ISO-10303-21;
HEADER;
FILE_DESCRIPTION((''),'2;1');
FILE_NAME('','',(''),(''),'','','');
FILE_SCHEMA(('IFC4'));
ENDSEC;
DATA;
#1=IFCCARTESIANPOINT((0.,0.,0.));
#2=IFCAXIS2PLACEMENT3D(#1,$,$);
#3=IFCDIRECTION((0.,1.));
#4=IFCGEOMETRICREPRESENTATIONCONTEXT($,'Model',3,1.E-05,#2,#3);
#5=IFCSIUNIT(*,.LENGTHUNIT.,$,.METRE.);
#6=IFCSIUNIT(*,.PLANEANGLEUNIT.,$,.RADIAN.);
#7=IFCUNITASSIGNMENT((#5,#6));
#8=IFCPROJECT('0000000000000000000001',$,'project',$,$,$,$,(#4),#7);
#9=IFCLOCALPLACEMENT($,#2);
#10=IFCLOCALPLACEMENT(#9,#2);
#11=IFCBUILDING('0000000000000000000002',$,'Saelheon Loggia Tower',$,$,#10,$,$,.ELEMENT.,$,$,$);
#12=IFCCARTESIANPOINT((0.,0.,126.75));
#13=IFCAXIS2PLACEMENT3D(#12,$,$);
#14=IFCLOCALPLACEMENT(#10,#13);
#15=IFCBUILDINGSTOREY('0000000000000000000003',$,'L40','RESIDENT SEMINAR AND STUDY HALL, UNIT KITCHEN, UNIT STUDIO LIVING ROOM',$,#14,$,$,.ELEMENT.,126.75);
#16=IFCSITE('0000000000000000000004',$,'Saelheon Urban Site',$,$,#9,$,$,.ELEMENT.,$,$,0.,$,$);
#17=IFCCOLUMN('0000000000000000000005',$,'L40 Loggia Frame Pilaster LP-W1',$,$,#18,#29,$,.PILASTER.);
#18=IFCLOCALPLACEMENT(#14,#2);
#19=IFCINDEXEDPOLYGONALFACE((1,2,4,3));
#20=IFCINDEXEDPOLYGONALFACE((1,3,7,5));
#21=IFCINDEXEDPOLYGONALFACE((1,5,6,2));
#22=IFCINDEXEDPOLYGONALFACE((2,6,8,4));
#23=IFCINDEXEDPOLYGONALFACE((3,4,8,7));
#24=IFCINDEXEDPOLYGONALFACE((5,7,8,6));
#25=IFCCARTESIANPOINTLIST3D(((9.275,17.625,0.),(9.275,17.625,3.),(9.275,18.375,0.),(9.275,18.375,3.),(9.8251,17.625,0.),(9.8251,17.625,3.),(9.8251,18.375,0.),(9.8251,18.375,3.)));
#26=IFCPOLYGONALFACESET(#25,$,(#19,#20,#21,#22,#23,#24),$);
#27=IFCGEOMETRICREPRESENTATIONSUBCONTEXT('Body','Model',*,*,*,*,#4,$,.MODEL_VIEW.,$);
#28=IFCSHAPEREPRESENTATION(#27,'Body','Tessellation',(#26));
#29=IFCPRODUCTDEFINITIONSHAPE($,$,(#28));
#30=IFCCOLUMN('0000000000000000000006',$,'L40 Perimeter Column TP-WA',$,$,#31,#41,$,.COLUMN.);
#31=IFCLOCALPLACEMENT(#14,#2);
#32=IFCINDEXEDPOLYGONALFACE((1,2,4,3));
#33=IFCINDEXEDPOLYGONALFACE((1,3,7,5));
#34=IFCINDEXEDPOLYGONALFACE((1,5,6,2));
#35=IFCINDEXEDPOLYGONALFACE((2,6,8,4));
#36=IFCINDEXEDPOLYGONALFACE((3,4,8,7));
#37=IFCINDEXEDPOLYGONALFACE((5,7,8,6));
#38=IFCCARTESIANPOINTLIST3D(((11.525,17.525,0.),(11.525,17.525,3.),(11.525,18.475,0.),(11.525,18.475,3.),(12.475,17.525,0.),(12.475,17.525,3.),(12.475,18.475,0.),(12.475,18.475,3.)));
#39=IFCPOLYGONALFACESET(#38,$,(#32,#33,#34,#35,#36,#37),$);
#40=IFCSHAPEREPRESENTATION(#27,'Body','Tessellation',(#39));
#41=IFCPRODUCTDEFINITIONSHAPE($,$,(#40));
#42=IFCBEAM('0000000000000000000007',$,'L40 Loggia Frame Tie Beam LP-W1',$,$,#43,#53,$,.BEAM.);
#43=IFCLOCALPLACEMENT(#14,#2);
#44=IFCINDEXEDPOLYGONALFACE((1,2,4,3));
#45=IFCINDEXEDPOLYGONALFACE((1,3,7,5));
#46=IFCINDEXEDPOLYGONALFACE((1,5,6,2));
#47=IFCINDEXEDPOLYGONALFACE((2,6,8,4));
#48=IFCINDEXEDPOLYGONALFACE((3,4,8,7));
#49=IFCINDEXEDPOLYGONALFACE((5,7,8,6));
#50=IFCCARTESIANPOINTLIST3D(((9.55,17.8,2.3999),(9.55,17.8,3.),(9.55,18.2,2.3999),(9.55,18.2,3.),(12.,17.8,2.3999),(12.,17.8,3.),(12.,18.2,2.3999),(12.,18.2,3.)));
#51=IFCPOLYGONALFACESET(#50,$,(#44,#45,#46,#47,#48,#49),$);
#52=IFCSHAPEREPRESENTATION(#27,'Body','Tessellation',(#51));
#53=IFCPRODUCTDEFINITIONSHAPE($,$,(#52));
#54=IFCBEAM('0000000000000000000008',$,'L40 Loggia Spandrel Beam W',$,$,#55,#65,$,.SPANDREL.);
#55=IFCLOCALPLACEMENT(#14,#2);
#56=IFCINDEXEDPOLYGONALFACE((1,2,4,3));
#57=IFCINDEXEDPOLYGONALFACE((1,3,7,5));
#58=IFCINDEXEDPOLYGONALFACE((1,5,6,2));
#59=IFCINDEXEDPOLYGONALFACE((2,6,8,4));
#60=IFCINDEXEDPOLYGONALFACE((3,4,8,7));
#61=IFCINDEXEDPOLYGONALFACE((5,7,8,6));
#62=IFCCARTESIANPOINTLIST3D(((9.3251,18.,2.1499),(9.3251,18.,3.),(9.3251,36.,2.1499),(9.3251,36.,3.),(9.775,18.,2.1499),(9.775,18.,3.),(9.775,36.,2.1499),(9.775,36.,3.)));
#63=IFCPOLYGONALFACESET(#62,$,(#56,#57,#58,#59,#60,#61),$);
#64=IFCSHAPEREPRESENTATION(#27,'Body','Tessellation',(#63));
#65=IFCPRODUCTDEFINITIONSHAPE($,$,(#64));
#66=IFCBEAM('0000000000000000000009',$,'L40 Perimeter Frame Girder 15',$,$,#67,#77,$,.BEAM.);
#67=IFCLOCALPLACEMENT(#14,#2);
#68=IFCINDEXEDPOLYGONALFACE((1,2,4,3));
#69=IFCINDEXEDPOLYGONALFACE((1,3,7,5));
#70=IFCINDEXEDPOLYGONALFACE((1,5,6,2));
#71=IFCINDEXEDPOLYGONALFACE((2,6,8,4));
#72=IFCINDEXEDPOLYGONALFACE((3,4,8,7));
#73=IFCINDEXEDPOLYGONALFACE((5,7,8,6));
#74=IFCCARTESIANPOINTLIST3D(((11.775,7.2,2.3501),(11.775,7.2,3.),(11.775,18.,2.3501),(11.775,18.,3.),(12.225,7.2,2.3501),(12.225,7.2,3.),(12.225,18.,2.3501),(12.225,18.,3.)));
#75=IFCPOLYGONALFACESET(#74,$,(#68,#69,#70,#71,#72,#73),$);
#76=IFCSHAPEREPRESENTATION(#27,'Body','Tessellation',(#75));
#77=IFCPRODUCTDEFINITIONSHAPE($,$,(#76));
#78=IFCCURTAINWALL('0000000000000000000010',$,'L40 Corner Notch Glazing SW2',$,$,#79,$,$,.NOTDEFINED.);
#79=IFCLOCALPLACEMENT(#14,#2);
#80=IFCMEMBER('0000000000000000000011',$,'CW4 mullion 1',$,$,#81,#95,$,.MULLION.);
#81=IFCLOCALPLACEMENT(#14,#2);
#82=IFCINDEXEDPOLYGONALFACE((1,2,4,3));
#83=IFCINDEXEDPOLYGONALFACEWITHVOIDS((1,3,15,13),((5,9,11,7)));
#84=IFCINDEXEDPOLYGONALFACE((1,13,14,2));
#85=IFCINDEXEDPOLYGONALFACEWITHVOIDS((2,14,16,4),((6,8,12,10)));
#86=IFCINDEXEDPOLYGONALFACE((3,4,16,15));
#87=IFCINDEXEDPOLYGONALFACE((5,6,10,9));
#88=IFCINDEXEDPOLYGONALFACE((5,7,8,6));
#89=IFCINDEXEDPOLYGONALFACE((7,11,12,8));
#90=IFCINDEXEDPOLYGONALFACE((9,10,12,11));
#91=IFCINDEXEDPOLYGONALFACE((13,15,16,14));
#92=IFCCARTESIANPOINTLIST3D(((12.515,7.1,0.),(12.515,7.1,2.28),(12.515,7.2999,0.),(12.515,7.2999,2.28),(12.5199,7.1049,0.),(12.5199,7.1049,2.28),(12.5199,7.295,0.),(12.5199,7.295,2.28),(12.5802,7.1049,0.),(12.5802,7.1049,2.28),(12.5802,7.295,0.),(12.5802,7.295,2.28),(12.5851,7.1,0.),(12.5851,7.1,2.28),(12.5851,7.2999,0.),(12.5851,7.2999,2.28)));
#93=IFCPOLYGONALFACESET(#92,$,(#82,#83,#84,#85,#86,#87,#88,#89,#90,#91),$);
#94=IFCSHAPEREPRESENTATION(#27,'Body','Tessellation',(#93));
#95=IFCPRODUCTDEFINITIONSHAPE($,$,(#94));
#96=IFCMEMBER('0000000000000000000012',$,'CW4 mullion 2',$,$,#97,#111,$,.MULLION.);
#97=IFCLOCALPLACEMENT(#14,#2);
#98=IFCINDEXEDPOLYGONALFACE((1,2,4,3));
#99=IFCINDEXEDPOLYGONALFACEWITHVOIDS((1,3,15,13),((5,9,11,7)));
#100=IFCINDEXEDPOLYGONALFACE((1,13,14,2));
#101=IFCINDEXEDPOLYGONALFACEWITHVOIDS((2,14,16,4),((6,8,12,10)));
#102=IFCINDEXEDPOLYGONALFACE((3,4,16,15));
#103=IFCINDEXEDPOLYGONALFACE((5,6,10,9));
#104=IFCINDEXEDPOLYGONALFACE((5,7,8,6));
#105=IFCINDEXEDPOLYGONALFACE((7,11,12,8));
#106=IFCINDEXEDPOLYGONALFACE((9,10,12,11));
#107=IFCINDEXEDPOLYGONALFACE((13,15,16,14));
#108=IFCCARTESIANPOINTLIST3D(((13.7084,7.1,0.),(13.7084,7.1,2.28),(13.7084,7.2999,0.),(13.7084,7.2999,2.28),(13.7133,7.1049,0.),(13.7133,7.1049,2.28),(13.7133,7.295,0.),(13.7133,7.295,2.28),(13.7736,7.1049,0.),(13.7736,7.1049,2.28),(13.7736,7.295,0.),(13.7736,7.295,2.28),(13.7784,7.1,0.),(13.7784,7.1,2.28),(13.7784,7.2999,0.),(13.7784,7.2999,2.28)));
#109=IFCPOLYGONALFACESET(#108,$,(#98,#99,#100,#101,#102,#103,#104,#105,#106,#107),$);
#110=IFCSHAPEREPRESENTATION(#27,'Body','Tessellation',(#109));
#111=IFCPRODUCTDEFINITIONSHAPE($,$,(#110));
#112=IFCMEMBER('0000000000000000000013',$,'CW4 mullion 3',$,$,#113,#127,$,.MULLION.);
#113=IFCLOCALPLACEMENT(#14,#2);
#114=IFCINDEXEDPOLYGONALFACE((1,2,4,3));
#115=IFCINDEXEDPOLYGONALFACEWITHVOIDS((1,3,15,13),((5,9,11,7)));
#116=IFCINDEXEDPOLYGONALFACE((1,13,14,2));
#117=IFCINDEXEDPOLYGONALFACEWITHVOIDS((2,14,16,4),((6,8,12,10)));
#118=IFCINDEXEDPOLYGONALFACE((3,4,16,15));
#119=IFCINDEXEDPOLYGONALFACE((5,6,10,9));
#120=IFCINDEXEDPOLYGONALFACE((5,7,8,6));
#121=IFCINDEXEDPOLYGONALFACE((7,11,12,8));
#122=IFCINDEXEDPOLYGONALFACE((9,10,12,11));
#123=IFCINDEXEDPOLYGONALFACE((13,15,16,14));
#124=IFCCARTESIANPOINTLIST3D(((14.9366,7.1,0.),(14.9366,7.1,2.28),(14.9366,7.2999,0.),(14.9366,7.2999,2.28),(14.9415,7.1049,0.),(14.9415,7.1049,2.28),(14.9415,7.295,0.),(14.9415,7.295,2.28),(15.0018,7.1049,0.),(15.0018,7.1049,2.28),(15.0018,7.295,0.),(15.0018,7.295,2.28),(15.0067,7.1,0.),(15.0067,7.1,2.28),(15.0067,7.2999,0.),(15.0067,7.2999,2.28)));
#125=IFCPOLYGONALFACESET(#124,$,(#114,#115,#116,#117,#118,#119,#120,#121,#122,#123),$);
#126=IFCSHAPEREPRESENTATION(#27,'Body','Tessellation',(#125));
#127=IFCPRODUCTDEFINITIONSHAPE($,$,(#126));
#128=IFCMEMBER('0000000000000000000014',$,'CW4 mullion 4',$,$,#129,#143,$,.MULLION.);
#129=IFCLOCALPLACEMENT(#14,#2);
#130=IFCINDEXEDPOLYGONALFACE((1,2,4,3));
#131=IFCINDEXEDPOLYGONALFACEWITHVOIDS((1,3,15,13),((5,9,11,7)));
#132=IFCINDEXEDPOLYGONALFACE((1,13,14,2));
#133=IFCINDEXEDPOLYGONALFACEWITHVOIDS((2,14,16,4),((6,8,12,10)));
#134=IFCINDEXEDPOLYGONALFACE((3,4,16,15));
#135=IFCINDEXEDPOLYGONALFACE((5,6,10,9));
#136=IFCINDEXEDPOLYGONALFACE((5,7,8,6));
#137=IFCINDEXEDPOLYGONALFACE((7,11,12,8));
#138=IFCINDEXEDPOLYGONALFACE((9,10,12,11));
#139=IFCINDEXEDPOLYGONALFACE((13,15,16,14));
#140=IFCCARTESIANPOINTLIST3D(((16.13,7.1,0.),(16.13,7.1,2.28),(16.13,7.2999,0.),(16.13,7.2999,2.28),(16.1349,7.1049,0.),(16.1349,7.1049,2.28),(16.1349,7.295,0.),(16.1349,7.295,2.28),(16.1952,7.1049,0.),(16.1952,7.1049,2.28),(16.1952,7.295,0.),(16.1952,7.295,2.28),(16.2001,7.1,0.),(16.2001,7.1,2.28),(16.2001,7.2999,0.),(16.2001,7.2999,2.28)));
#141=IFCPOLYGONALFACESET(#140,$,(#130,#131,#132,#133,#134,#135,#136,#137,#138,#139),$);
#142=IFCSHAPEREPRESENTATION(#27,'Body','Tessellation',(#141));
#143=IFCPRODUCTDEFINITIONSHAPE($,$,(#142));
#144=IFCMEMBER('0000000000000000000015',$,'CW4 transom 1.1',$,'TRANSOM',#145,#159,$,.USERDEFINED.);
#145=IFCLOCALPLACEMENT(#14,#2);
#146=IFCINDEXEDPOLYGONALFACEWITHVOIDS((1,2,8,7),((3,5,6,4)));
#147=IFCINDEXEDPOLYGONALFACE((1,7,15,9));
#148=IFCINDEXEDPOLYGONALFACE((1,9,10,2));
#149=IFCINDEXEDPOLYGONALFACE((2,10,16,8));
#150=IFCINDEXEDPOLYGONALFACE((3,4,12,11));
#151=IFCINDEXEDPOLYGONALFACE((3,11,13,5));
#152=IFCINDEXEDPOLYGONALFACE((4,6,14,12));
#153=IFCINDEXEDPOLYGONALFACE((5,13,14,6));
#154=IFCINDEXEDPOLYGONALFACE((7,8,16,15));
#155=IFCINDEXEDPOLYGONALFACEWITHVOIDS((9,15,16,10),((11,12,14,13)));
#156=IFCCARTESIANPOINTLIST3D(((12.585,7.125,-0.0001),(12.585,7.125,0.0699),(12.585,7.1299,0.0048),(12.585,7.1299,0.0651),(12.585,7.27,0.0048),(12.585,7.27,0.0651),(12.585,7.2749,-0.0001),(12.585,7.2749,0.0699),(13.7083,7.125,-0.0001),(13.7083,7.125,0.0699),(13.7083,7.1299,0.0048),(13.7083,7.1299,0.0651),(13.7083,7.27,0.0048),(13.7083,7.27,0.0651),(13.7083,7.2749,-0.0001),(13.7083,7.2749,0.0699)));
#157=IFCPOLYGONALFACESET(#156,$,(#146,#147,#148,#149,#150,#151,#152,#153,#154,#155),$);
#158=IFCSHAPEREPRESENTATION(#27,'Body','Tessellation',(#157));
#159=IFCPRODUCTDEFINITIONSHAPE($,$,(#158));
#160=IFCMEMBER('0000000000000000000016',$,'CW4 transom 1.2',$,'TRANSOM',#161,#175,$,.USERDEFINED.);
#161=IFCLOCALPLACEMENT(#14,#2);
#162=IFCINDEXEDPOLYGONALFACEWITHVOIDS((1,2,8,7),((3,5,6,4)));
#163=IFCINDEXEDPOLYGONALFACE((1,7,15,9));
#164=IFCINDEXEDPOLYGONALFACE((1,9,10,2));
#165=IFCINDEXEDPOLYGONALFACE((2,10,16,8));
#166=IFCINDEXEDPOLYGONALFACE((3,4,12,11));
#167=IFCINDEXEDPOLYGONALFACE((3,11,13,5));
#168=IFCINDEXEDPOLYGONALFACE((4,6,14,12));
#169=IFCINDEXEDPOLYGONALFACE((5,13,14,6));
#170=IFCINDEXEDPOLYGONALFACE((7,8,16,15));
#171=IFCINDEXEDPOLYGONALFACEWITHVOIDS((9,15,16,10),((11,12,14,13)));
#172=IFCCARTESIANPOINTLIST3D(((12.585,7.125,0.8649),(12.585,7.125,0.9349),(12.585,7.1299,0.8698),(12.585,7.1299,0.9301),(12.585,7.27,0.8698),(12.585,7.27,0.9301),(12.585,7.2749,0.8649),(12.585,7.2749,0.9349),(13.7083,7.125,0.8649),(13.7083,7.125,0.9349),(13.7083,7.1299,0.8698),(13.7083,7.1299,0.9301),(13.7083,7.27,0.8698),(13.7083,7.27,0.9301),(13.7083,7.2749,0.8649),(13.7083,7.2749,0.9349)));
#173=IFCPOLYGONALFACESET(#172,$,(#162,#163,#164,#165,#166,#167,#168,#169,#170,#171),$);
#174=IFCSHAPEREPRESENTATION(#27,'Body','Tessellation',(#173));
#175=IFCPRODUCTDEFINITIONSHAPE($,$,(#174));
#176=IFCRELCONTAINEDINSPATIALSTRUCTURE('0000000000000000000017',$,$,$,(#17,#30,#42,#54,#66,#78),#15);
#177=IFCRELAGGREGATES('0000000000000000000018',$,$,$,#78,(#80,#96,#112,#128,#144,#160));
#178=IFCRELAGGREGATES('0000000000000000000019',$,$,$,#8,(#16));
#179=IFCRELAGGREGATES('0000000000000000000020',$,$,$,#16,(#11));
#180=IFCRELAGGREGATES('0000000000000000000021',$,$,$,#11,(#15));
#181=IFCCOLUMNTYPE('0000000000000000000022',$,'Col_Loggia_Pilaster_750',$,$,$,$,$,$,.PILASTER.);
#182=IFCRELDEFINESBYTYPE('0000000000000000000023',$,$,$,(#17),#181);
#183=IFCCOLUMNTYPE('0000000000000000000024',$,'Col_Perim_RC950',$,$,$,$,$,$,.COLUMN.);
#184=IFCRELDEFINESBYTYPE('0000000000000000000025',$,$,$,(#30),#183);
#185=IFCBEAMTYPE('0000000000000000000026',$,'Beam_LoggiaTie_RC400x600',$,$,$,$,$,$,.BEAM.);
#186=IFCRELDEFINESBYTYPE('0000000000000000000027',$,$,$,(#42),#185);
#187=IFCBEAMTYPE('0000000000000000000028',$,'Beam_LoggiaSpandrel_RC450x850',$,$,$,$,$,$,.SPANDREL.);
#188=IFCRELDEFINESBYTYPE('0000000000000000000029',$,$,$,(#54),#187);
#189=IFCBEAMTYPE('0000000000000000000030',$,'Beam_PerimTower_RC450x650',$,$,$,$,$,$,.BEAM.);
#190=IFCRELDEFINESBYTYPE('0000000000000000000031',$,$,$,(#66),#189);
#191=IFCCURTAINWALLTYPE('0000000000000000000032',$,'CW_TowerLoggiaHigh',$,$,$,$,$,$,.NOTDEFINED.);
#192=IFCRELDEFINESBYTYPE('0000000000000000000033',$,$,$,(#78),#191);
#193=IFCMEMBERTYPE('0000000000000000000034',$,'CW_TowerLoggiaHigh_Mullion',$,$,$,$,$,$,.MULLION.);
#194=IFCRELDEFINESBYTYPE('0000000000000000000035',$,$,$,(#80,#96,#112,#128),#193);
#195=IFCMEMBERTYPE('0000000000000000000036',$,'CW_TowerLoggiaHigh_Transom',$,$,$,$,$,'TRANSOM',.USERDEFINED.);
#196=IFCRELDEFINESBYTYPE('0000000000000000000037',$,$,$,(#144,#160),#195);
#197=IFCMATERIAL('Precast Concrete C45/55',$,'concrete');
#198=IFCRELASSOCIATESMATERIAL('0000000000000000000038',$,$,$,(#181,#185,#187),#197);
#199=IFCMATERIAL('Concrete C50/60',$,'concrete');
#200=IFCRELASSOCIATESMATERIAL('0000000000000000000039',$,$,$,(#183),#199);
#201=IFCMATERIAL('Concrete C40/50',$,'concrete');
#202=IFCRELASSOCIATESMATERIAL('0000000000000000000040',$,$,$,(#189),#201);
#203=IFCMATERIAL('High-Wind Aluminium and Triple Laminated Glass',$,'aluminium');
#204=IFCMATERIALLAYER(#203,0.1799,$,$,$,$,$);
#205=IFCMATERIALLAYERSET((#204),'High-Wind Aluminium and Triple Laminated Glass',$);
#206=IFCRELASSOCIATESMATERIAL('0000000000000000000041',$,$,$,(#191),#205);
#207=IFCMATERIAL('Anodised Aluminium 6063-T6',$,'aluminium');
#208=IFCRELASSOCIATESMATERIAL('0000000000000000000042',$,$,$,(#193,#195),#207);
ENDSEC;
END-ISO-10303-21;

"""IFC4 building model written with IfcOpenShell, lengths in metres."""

from ifc_helpers import new_model, si_unit, direction, frame, origin, origin_2d, place, context, subcontext, project, spatial, rectangle, hollow_rectangle, extrude, source, transform, mapped, material, layer, layer_set, material_profile, profile_set, type_object, element, aggregate, save


model = new_model("IFC4")

# Units and contexts
model_context = context("Model", 3, precision=1e-05, world=origin(), true_north=direction((0.0, 1.0)))
body_context = subcontext(model_context, "Body", "Model", "MODEL_VIEW")
ifc_project = project(units=[si_unit("LENGTHUNIT", "METRE"), si_unit("PLANEANGLEUNIT", "RADIAN")], contexts=[model_context])

# Site, building, storey
site_placement = place(None, origin())
site = spatial("IfcSite", under=ifc_project, at=site_placement, Name="Saelheon Urban Site", CompositionType="ELEMENT", RefElevation=0.0)
building_placement = place(site_placement, origin())
building = spatial("IfcBuilding", under=site, at=building_placement, Name="Saelheon Loggia Tower", CompositionType="ELEMENT")
storey_placement = place(building_placement, frame((0.0, 0.0, 126.75)))
storey = spatial("IfcBuildingStorey", under=building, at=storey_placement, Name="L40", Description="RESIDENT SEMINAR AND STUDY HALL, UNIT KITCHEN, UNIT STUDIO LIVING ROOM", CompositionType="ELEMENT", Elevation=126.75)

# Columns
ifc_material_1 = material(Name="Precast Concrete C45/55", Category="concrete")
ifc_material_profile_1 = material_profile(ifc_material_1, rectangle(XDim=0.55, YDim=0.75, at=origin_2d()), Name="RC-550x750")
ifc_profile_set_1 = profile_set([ifc_material_profile_1], Name="Precast Concrete C45/55")
column_type_1 = type_object("IfcColumnType", Name="Col_Loggia_Pilaster_750", PredefinedType="PILASTER", material=ifc_profile_set_1)
shared_shape_1 = source(origin(), body_context, "Body", "SweptSolid", [
    extrude(rectangle(XDim=0.55, YDim=0.75, at=origin_2d()), origin(), (0.0, 0.0, 1.0), 3.0),
])
column_1_placement = place(storey_placement, frame((9.55, 18.0, 0.0), z_axis=(0.0, 0.0, 1.0), x_axis=(1.0, 0.0, 0.0)))
element("IfcColumn", 1, at=column_1_placement, inside=storey, type_object=column_type_1, Name="L40 Loggia Frame Pilaster LP-W1", PredefinedType="PILASTER", context=body_context, shape_type="MappedRepresentation", body=[
    mapped(shared_shape_1, transform((0.0, 0.0, 0.0), scale=1.0)),
])
ifc_material_2 = material(Name="Concrete C50/60", Category="concrete")
ifc_material_profile_2 = material_profile(ifc_material_2, rectangle(XDim=0.95, YDim=0.95, at=origin_2d()), Name="RC-950x950")
ifc_profile_set_2 = profile_set([ifc_material_profile_2], Name="Concrete C50/60")
column_type_2 = type_object("IfcColumnType", Name="Col_Perim_RC950", PredefinedType="COLUMN", material=ifc_profile_set_2)
shared_shape_2 = source(origin(), body_context, "Body", "SweptSolid", [
    extrude(rectangle(XDim=0.95, YDim=0.95, at=origin_2d()), origin(), (0.0, 0.0, 1.0), 3.0),
])
column_2_placement = place(storey_placement, frame((12.0, 18.0, 0.0), z_axis=(0.0, 0.0, 1.0), x_axis=(1.0, 0.0, 0.0)))
element("IfcColumn", 2, at=column_2_placement, inside=storey, type_object=column_type_2, Name="L40 Perimeter Column TP-WA", PredefinedType="COLUMN", context=body_context, shape_type="MappedRepresentation", body=[
    mapped(shared_shape_2, transform((0.0, 0.0, 0.0), scale=1.0)),
])

# Beams
ifc_material_profile_3 = material_profile(ifc_material_1, rectangle(XDim=0.3999, YDim=0.6001, at=origin_2d()), Name="RC-400x600")
ifc_profile_set_3 = profile_set([ifc_material_profile_3], Name="Precast Concrete C45/55")
beam_type_1 = type_object("IfcBeamType", Name="Beam_LoggiaTie_RC400x600", PredefinedType="BEAM", material=ifc_profile_set_3)
shared_shape_3 = source(origin(), body_context, "Body", "SweptSolid", [
    extrude(rectangle(XDim=0.3999, YDim=0.6001, at=origin_2d()), origin(), (0.0, 0.0, 1.0), 2.45),
])
beam_1_placement = place(storey_placement, frame((12.0, 18.0, 2.7), z_axis=(-1.0, 0.0, 0.0), x_axis=(0.0, -1.0, 0.0)))
element("IfcBeam", 3, at=beam_1_placement, inside=storey, type_object=beam_type_1, Name="L40 Loggia Frame Tie Beam LP-W1", PredefinedType="BEAM", context=body_context, shape_type="MappedRepresentation", body=[
    mapped(shared_shape_3, transform((0.0, 0.0, 0.0), scale=1.0)),
])
ifc_material_profile_4 = material_profile(ifc_material_1, rectangle(XDim=0.45, YDim=0.8501, at=origin_2d()), Name="RC-450x850")
ifc_profile_set_4 = profile_set([ifc_material_profile_4], Name="Precast Concrete C45/55")
beam_type_2 = type_object("IfcBeamType", Name="Beam_LoggiaSpandrel_RC450x850", PredefinedType="SPANDREL", material=ifc_profile_set_4)
shared_shape_4 = source(origin(), body_context, "Body", "SweptSolid", [
    extrude(rectangle(XDim=0.45, YDim=0.8501, at=origin_2d()), origin(), (0.0, 0.0, 1.0), 18.0),
])
beam_2_placement = place(storey_placement, frame((9.55, 18.0, 2.575), z_axis=(0.0, 1.0, 0.0), x_axis=(-1.0, 0.0, 0.0)))
element("IfcBeam", 4, at=beam_2_placement, inside=storey, type_object=beam_type_2, Name="L40 Loggia Spandrel Beam W", PredefinedType="SPANDREL", context=body_context, shape_type="MappedRepresentation", body=[
    mapped(shared_shape_4, transform((0.0, 0.0, 0.0), scale=1.0)),
])
ifc_material_3 = material(Name="Concrete C40/50", Category="concrete")
ifc_material_profile_5 = material_profile(ifc_material_3, rectangle(XDim=0.45, YDim=0.6499, at=origin_2d()), Name="RC-450x650")
ifc_profile_set_5 = profile_set([ifc_material_profile_5], Name="Concrete C40/50")
beam_type_3 = type_object("IfcBeamType", Name="Beam_PerimTower_RC450x650", PredefinedType="BEAM", material=ifc_profile_set_5)
shared_shape_5 = source(origin(), body_context, "Body", "SweptSolid", [
    extrude(rectangle(XDim=0.45, YDim=0.6499, at=origin_2d()), origin(), (0.0, 0.0, 1.0), 10.8),
])
beam_3_placement = place(storey_placement, frame((12.0, 18.0, 2.675), z_axis=(0.0, -1.0, 0.0), x_axis=(1.0, 0.0, 0.0)))
element("IfcBeam", 5, at=beam_3_placement, inside=storey, type_object=beam_type_3, Name="L40 Perimeter Frame Girder 15", PredefinedType="BEAM", context=body_context, shape_type="MappedRepresentation", body=[
    mapped(shared_shape_5, transform((0.0, 0.0, 0.0), scale=1.0)),
])

# Curtain wall, members
ifc_material_4 = material(Name="High-Wind Aluminium and Triple Laminated Glass", Category="aluminium")
ifc_layer_1 = layer(ifc_material_4, 0.1799)
ifc_layer_set_1 = layer_set([ifc_layer_1], Name="High-Wind Aluminium and Triple Laminated Glass")
curtain_wall_type = type_object("IfcCurtainWallType", Name="CW_TowerLoggiaHigh", PredefinedType="NOTDEFINED", material=ifc_layer_set_1)
curtain_wall_placement = place(storey_placement, origin())
curtain_wall = element("IfcCurtainWall", 6, at=curtain_wall_placement, inside=storey, type_object=curtain_wall_type, Name="L40 Corner Notch Glazing SW2", PredefinedType="NOTDEFINED")
ifc_material_5 = material(Name="Anodised Aluminium 6063-T6", Category="aluminium")
ifc_material_profile_6 = material_profile(ifc_material_5, hollow_rectangle(XDim=0.0701, YDim=0.2, WallThickness=0.0049, at=origin_2d()), Name="RHS-200x70x5")
ifc_profile_set_6 = profile_set([ifc_material_profile_6], Name="Anodised Aluminium 6063-T6")
member_type_1 = type_object("IfcMemberType", Name="CW_TowerLoggiaHigh_Mullion", PredefinedType="MULLION", material=ifc_profile_set_6)
shared_shape_6 = source(origin(), body_context, "Body", "SweptSolid", [
    extrude(hollow_rectangle(XDim=0.0701, YDim=0.2, WallThickness=0.0049, at=origin_2d()), origin(), (0.0, 0.0, 1.0), 2.28),
])
member_1_placement = place(storey_placement, frame((12.55, 7.2, 0.0), z_axis=(0.0, 0.0, 1.0), x_axis=(1.0, 0.0, 0.0)))
member_1 = element("IfcMember", 7, at=member_1_placement, type_object=member_type_1, Name="CW4 mullion 1", PredefinedType="MULLION", context=body_context, shape_type="MappedRepresentation", body=[
    mapped(shared_shape_6, transform((0.0, 0.0, 0.0), scale=1.0)),
])
member_2_placement = place(storey_placement, frame((13.7434, 7.2, 0.0), z_axis=(0.0, 0.0, 1.0), x_axis=(1.0, 0.0, 0.0)))
member_2 = element("IfcMember", 8, at=member_2_placement, type_object=member_type_1, Name="CW4 mullion 2", PredefinedType="MULLION", context=body_context, shape_type="MappedRepresentation", body=[
    mapped(shared_shape_6, transform((0.0, 0.0, 0.0), scale=1.0)),
])
member_3_placement = place(storey_placement, frame((14.9717, 7.2, 0.0), z_axis=(0.0, 0.0, 1.0), x_axis=(1.0, 0.0, 0.0)))
member_3 = element("IfcMember", 9, at=member_3_placement, type_object=member_type_1, Name="CW4 mullion 3", PredefinedType="MULLION", context=body_context, shape_type="MappedRepresentation", body=[
    mapped(shared_shape_6, transform((0.0, 0.0, 0.0), scale=1.0)),
])
member_4_placement = place(storey_placement, frame((16.165, 7.2, 0.0), z_axis=(0.0, 0.0, 1.0), x_axis=(1.0, 0.0, 0.0)))
member_4 = element("IfcMember", 10, at=member_4_placement, type_object=member_type_1, Name="CW4 mullion 4", PredefinedType="MULLION", context=body_context, shape_type="MappedRepresentation", body=[
    mapped(shared_shape_6, transform((0.0, 0.0, 0.0), scale=1.0)),
])
ifc_material_profile_7 = material_profile(ifc_material_5, hollow_rectangle(XDim=0.0701, YDim=0.1499, WallThickness=0.0049, at=origin_2d()), Name="RHS-150x70x5")
ifc_profile_set_7 = profile_set([ifc_material_profile_7], Name="Anodised Aluminium 6063-T6")
member_type_2 = type_object("IfcMemberType", Name="CW_TowerLoggiaHigh_Transom", ElementType="TRANSOM", PredefinedType="USERDEFINED", material=ifc_profile_set_7)
shared_shape_7 = source(origin(), body_context, "Body", "SweptSolid", [
    extrude(hollow_rectangle(XDim=0.0701, YDim=0.1499, WallThickness=0.0049, at=origin_2d()), origin(), (0.0, 0.0, 1.0), 1.1233),
])
member_5_placement = place(storey_placement, frame((12.585, 7.2, 0.0349), z_axis=(1.0, 0.0, 0.0), x_axis=(0.0, 0.0, 1.0)))
member_5 = element("IfcMember", 11, at=member_5_placement, type_object=member_type_2, Name="CW4 transom 1.1", ObjectType="TRANSOM", PredefinedType="USERDEFINED", context=body_context, shape_type="MappedRepresentation", body=[
    mapped(shared_shape_7, transform((0.0, 0.0, 0.0), scale=1.0)),
])
member_6_placement = place(storey_placement, frame((12.585, 7.2, 0.8999), z_axis=(1.0, 0.0, 0.0), x_axis=(0.0, 0.0, 1.0)))
member_6 = element("IfcMember", 12, at=member_6_placement, type_object=member_type_2, Name="CW4 transom 1.2", ObjectType="TRANSOM", PredefinedType="USERDEFINED", context=body_context, shape_type="MappedRepresentation", body=[
    mapped(shared_shape_7, transform((0.0, 0.0, 0.0), scale=1.0)),
])
aggregate(curtain_wall, [member_1, member_2, member_3, member_4, member_5, member_6])

save(model, "model.ifc")
